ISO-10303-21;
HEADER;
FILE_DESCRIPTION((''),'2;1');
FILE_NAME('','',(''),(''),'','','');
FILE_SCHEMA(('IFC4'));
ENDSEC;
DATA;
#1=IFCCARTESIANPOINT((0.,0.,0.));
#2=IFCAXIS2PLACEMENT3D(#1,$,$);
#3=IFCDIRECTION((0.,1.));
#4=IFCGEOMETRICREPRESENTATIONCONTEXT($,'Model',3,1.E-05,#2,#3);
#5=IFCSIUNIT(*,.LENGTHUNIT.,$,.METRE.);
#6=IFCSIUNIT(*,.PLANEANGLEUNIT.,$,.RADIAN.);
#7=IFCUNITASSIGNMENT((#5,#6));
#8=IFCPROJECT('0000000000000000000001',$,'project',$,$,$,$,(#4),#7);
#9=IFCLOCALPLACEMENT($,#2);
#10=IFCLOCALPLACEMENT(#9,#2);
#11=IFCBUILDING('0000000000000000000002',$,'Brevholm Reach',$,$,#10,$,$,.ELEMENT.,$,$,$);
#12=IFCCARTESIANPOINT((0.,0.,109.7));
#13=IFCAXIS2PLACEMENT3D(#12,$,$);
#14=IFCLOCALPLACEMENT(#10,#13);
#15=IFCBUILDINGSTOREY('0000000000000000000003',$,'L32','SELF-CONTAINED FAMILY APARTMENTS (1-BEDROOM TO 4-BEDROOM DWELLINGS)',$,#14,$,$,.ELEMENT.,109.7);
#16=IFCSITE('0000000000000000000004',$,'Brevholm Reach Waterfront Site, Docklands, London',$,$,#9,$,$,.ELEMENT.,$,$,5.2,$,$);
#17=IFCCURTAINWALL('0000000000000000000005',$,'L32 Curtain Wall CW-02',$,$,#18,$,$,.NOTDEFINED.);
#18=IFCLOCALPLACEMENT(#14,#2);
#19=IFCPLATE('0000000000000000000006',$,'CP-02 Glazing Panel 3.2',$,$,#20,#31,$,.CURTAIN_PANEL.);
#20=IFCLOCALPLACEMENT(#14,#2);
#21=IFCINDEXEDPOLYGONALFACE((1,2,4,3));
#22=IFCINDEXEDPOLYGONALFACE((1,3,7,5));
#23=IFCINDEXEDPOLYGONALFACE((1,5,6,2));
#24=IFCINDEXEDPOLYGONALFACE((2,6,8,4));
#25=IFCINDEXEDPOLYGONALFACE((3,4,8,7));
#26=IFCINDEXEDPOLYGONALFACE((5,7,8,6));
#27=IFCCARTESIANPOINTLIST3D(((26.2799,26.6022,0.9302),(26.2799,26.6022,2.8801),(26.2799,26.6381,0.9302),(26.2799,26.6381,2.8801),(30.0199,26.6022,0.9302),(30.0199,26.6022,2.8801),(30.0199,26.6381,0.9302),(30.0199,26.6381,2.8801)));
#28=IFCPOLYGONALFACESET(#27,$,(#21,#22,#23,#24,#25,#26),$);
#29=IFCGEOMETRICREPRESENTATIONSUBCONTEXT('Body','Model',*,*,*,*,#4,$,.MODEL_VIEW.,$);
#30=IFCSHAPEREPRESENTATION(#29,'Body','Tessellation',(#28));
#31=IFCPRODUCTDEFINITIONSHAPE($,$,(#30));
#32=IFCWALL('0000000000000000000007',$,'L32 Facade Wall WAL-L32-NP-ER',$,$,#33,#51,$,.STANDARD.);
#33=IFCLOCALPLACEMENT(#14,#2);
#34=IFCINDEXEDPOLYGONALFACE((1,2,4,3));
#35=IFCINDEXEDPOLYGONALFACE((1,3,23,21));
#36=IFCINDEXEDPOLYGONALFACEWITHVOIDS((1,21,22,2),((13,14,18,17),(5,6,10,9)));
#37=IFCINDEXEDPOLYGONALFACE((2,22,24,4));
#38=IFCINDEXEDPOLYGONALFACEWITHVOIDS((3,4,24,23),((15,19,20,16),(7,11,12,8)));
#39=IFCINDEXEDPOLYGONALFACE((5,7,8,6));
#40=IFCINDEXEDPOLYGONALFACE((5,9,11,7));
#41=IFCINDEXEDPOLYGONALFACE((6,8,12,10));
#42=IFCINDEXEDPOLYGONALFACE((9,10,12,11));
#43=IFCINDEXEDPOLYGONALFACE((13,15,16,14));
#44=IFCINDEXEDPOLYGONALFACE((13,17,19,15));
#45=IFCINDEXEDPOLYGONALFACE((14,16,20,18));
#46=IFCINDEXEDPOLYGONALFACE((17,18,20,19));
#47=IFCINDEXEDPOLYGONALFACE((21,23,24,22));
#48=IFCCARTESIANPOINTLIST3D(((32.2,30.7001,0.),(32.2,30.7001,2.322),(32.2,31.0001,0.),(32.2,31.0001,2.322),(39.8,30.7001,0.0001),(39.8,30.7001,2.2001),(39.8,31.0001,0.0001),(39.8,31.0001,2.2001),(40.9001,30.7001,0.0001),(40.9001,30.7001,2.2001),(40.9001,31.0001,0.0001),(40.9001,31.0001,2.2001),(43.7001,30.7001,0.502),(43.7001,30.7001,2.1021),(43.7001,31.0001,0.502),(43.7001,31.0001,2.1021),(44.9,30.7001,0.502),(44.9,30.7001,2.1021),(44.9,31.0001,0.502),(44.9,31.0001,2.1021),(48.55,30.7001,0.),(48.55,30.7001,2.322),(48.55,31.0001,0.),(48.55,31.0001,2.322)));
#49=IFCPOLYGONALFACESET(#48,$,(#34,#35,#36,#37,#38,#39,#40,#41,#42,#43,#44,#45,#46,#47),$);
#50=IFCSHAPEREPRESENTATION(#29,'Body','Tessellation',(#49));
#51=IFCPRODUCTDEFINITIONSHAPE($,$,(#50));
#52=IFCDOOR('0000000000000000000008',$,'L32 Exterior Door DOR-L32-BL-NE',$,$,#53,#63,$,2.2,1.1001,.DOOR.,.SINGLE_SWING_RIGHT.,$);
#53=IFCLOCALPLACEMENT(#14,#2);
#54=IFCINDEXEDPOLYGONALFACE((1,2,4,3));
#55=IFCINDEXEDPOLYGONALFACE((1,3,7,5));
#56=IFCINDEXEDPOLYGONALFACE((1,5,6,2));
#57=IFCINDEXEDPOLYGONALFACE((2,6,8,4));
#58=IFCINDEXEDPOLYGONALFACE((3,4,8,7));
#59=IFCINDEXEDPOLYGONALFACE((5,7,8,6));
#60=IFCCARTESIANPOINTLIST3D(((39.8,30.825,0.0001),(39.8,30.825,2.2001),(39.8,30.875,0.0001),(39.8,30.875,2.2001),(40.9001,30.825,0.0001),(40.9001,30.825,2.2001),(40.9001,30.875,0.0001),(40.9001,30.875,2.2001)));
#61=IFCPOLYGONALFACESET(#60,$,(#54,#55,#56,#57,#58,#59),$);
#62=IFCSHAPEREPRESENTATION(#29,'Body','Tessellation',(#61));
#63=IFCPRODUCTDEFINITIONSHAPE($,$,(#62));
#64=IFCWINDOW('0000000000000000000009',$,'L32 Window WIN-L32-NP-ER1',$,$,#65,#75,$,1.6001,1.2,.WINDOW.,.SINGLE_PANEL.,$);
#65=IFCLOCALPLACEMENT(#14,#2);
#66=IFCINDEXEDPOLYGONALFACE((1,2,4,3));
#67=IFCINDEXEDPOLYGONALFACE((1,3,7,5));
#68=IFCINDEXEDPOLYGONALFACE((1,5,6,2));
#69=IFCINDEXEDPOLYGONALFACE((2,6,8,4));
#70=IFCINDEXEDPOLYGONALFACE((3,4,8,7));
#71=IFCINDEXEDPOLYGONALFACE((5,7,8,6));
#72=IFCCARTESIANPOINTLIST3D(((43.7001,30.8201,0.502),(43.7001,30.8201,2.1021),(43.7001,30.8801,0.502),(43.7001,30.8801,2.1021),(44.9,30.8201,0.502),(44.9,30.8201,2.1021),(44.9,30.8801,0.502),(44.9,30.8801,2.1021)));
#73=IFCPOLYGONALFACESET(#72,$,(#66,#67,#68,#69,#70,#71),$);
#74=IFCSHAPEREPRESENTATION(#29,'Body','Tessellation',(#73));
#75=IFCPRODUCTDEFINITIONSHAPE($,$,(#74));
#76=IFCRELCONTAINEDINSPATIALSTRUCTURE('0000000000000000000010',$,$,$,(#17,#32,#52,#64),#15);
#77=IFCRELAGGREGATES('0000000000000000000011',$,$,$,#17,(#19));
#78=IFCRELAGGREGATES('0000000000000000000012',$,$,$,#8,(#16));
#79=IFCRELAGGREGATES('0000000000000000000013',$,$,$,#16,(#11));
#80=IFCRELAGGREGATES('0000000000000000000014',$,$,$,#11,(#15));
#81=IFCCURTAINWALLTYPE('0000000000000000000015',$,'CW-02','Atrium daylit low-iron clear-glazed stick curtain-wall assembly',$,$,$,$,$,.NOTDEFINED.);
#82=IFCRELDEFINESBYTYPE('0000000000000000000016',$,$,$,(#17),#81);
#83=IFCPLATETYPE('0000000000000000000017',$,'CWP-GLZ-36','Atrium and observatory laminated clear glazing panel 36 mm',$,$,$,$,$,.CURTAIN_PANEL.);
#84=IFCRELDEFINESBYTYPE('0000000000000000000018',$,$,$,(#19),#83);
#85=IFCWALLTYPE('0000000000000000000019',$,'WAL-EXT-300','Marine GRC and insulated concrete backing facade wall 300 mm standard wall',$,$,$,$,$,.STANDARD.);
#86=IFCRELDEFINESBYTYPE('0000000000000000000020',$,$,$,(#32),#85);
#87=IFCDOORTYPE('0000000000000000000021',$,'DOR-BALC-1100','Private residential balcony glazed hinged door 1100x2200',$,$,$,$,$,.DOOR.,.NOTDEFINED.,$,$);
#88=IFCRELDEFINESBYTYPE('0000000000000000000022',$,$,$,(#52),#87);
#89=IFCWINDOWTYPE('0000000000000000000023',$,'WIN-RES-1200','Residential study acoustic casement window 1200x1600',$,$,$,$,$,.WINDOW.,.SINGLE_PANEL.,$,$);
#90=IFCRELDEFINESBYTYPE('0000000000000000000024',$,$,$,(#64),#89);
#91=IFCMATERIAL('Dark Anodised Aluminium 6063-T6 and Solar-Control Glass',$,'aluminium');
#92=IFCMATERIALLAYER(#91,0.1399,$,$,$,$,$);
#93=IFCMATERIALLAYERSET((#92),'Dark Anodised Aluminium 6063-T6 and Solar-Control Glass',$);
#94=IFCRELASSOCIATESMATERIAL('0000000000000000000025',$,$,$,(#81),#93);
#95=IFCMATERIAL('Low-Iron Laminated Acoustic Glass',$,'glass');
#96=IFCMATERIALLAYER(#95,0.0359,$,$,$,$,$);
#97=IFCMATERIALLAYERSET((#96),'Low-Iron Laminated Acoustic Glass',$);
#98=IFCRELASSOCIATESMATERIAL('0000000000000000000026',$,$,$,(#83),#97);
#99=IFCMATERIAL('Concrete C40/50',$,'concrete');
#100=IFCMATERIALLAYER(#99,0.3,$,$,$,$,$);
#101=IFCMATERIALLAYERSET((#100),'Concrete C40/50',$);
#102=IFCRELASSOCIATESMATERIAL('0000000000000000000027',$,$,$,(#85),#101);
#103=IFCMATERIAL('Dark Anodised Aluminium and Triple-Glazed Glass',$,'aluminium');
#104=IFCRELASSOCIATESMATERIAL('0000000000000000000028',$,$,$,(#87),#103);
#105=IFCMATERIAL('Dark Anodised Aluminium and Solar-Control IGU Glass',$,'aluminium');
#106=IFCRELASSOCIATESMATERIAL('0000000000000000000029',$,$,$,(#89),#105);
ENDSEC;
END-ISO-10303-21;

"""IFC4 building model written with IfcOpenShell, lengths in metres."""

from ifc_helpers import new_model, si_unit, direction, frame, frame_2d, origin, origin_2d, place, context, subcontext, project, spatial, rectangle, extrude, material, layer, layer_set, type_object, element, fill, aggregate, save


model = new_model("IFC4")

# Units and contexts
model_context = context("Model", 3, precision=1e-05, world=origin(), true_north=direction((0.0, 1.0)))
body_context = subcontext(model_context, "Body", "Model", "MODEL_VIEW")
ifc_project = project(units=[si_unit("LENGTHUNIT", "METRE"), si_unit("PLANEANGLEUNIT", "RADIAN")], contexts=[model_context])

# Site, building, storey
site_placement = place(None, origin())
site = spatial("IfcSite", under=ifc_project, at=site_placement, Name="Brevholm Reach Waterfront Site, Docklands, London", CompositionType="ELEMENT", RefElevation=5.2)
building_placement = place(site_placement, origin())
building = spatial("IfcBuilding", under=site, at=building_placement, Name="Brevholm Reach", CompositionType="ELEMENT")
storey_placement = place(building_placement, frame((0.0, 0.0, 109.7)))
storey = spatial("IfcBuildingStorey", under=building, at=storey_placement, Name="L32", Description="SELF-CONTAINED FAMILY APARTMENTS (1-BEDROOM TO 4-BEDROOM DWELLINGS)", CompositionType="ELEMENT", Elevation=109.7)

# Curtain wall
ifc_material_1 = material(Name="Dark Anodised Aluminium 6063-T6 and Solar-Control Glass", Category="aluminium")
ifc_layer_1 = layer(ifc_material_1, 0.1399)
ifc_layer_set_1 = layer_set([ifc_layer_1], Name="Dark Anodised Aluminium 6063-T6 and Solar-Control Glass")
curtain_wall_type_1 = type_object("IfcCurtainWallType", Name="CW-02", Description="Atrium daylit low-iron clear-glazed stick curtain-wall assembly", PredefinedType="NOTDEFINED", material=ifc_layer_set_1)
curtain_wall_1_placement = place(storey_placement, origin())
curtain_wall_1 = element("IfcCurtainWall", 1, at=curtain_wall_1_placement, inside=storey, type_object=curtain_wall_type_1, Name="L32 Curtain Wall CW-02", PredefinedType="NOTDEFINED")

# Plate
ifc_material_2 = material(Name="Low-Iron Laminated Acoustic Glass", Category="glass")
ifc_layer_2 = layer(ifc_material_2, 0.0359)
ifc_layer_set_2 = layer_set([ifc_layer_2], Name="Low-Iron Laminated Acoustic Glass")
plate_type_1 = type_object("IfcPlateType", Name="CWP-GLZ-36", Description="Atrium and observatory laminated clear glazing panel 36 mm", PredefinedType="CURTAIN_PANEL", material=ifc_layer_set_2)
plate_1_placement = place(storey_placement, frame((28.1499, 26.6201, 0.9302), z_axis=(0.0, 0.0, 1.0), x_axis=(-1.0, 0.0, 0.0)))
plate_1 = element("IfcPlate", 2, at=plate_1_placement, type_object=plate_type_1, Name="CP-02 Glazing Panel 3.2", PredefinedType="CURTAIN_PANEL", context=body_context, shape_type="SweptSolid", body=[
    extrude(rectangle(XDim=3.74, YDim=0.0359, at=origin_2d()), origin(), (0.0, 0.0, 1.0), 1.95),
])
aggregate(curtain_wall_1, [plate_1])

# Wall, openings, door, window
ifc_material_3 = material(Name="Concrete C40/50", Category="concrete")
ifc_layer_3 = layer(ifc_material_3, 0.3)
ifc_layer_set_3 = layer_set([ifc_layer_3], Name="Concrete C40/50")
wall_type = type_object("IfcWallType", Name="WAL-EXT-300", Description="Marine GRC and insulated concrete backing facade wall 300 mm standard wall", PredefinedType="STANDARD", material=ifc_layer_set_3)
wall_placement = place(storey_placement, frame((32.2, 30.8501, 0.0), z_axis=(0.0, 0.0, 1.0), x_axis=(1.0, 0.0, 0.0)))
wall = element("IfcWall", 3, at=wall_placement, inside=storey, type_object=wall_type, Name="L32 Facade Wall WAL-L32-NP-ER", PredefinedType="STANDARD", context=body_context, shape_type="SweptSolid", body=[
    extrude(rectangle(XDim=16.3501, YDim=0.3, at=frame_2d((8.175, 0.0))), origin(), (0.0, 0.0, 1.0), 2.322),
])
opening_1_placement = place(wall_placement, frame((7.6001, 0.0, 0.0)))
opening_1 = element("IfcOpeningElement", 4, at=opening_1_placement, cuts=wall, PredefinedType="OPENING", context=body_context, shape_type="SweptSolid", body=[
    extrude(rectangle(XDim=1.1001, YDim=2.2, at=frame_2d((0.55, 1.1001))), frame((0.0, 0.1599, 0.0), z_axis=(0.0, -1.0, 0.0), x_axis=(1.0, 0.0, 0.0)), (0.0, 0.0, 1.0), 0.3201),
])
opening_2_placement = place(wall_placement, frame((11.5, 0.0, 0.502)))
opening_2 = element("IfcOpeningElement", 5, at=opening_2_placement, cuts=wall, PredefinedType="OPENING", context=body_context, shape_type="SweptSolid", body=[
    extrude(rectangle(XDim=1.2, YDim=1.6001, at=frame_2d((0.6001, 0.8))), frame((0.0, 0.1599, 0.0), z_axis=(0.0, -1.0, 0.0), x_axis=(1.0, 0.0, 0.0)), (0.0, 0.0, 1.0), 0.3201),
])
ifc_material_4 = material(Name="Dark Anodised Aluminium and Triple-Glazed Glass", Category="aluminium")
door_type = type_object("IfcDoorType", Name="DOR-BALC-1100", Description="Private residential balcony glazed hinged door 1100x2200", OperationType="NOTDEFINED", PredefinedType="DOOR", material=ifc_material_4)
door_placement = place(opening_1_placement, origin())
door = element("IfcDoor", 6, at=door_placement, inside=storey, type_object=door_type, Name="L32 Exterior Door DOR-L32-BL-NE", OperationType="SINGLE_SWING_RIGHT", OverallHeight=2.2, OverallWidth=1.1001, PredefinedType="DOOR", context=body_context, shape_type="SweptSolid", body=[
    extrude(rectangle(XDim=1.1001, YDim=2.2, at=frame_2d((0.55, 1.1001))), frame((0.0, 0.0249, 0.0), z_axis=(0.0, -1.0, 0.0), x_axis=(1.0, 0.0, 0.0)), (0.0, 0.0, 1.0), 0.05),
])
fill(opening_1, door)
ifc_material_5 = material(Name="Dark Anodised Aluminium and Solar-Control IGU Glass", Category="aluminium")
window_type = type_object("IfcWindowType", Name="WIN-RES-1200", Description="Residential study acoustic casement window 1200x1600", PartitioningType="SINGLE_PANEL", PredefinedType="WINDOW", material=ifc_material_5)
window_placement = place(opening_2_placement, origin())
window = element("IfcWindow", 7, at=window_placement, inside=storey, type_object=window_type, Name="L32 Window WIN-L32-NP-ER1", OverallHeight=1.6001, OverallWidth=1.2, PartitioningType="SINGLE_PANEL", PredefinedType="WINDOW", context=body_context, shape_type="SweptSolid", body=[
    extrude(rectangle(XDim=1.2, YDim=1.6001, at=frame_2d((0.6001, 0.8))), frame((0.0, 0.03, 0.0), z_axis=(0.0, -1.0, 0.0), x_axis=(1.0, 0.0, 0.0)), (0.0, 0.0, 1.0), 0.0601),
])
fill(opening_2, window)

save(model, "model.ifc")
